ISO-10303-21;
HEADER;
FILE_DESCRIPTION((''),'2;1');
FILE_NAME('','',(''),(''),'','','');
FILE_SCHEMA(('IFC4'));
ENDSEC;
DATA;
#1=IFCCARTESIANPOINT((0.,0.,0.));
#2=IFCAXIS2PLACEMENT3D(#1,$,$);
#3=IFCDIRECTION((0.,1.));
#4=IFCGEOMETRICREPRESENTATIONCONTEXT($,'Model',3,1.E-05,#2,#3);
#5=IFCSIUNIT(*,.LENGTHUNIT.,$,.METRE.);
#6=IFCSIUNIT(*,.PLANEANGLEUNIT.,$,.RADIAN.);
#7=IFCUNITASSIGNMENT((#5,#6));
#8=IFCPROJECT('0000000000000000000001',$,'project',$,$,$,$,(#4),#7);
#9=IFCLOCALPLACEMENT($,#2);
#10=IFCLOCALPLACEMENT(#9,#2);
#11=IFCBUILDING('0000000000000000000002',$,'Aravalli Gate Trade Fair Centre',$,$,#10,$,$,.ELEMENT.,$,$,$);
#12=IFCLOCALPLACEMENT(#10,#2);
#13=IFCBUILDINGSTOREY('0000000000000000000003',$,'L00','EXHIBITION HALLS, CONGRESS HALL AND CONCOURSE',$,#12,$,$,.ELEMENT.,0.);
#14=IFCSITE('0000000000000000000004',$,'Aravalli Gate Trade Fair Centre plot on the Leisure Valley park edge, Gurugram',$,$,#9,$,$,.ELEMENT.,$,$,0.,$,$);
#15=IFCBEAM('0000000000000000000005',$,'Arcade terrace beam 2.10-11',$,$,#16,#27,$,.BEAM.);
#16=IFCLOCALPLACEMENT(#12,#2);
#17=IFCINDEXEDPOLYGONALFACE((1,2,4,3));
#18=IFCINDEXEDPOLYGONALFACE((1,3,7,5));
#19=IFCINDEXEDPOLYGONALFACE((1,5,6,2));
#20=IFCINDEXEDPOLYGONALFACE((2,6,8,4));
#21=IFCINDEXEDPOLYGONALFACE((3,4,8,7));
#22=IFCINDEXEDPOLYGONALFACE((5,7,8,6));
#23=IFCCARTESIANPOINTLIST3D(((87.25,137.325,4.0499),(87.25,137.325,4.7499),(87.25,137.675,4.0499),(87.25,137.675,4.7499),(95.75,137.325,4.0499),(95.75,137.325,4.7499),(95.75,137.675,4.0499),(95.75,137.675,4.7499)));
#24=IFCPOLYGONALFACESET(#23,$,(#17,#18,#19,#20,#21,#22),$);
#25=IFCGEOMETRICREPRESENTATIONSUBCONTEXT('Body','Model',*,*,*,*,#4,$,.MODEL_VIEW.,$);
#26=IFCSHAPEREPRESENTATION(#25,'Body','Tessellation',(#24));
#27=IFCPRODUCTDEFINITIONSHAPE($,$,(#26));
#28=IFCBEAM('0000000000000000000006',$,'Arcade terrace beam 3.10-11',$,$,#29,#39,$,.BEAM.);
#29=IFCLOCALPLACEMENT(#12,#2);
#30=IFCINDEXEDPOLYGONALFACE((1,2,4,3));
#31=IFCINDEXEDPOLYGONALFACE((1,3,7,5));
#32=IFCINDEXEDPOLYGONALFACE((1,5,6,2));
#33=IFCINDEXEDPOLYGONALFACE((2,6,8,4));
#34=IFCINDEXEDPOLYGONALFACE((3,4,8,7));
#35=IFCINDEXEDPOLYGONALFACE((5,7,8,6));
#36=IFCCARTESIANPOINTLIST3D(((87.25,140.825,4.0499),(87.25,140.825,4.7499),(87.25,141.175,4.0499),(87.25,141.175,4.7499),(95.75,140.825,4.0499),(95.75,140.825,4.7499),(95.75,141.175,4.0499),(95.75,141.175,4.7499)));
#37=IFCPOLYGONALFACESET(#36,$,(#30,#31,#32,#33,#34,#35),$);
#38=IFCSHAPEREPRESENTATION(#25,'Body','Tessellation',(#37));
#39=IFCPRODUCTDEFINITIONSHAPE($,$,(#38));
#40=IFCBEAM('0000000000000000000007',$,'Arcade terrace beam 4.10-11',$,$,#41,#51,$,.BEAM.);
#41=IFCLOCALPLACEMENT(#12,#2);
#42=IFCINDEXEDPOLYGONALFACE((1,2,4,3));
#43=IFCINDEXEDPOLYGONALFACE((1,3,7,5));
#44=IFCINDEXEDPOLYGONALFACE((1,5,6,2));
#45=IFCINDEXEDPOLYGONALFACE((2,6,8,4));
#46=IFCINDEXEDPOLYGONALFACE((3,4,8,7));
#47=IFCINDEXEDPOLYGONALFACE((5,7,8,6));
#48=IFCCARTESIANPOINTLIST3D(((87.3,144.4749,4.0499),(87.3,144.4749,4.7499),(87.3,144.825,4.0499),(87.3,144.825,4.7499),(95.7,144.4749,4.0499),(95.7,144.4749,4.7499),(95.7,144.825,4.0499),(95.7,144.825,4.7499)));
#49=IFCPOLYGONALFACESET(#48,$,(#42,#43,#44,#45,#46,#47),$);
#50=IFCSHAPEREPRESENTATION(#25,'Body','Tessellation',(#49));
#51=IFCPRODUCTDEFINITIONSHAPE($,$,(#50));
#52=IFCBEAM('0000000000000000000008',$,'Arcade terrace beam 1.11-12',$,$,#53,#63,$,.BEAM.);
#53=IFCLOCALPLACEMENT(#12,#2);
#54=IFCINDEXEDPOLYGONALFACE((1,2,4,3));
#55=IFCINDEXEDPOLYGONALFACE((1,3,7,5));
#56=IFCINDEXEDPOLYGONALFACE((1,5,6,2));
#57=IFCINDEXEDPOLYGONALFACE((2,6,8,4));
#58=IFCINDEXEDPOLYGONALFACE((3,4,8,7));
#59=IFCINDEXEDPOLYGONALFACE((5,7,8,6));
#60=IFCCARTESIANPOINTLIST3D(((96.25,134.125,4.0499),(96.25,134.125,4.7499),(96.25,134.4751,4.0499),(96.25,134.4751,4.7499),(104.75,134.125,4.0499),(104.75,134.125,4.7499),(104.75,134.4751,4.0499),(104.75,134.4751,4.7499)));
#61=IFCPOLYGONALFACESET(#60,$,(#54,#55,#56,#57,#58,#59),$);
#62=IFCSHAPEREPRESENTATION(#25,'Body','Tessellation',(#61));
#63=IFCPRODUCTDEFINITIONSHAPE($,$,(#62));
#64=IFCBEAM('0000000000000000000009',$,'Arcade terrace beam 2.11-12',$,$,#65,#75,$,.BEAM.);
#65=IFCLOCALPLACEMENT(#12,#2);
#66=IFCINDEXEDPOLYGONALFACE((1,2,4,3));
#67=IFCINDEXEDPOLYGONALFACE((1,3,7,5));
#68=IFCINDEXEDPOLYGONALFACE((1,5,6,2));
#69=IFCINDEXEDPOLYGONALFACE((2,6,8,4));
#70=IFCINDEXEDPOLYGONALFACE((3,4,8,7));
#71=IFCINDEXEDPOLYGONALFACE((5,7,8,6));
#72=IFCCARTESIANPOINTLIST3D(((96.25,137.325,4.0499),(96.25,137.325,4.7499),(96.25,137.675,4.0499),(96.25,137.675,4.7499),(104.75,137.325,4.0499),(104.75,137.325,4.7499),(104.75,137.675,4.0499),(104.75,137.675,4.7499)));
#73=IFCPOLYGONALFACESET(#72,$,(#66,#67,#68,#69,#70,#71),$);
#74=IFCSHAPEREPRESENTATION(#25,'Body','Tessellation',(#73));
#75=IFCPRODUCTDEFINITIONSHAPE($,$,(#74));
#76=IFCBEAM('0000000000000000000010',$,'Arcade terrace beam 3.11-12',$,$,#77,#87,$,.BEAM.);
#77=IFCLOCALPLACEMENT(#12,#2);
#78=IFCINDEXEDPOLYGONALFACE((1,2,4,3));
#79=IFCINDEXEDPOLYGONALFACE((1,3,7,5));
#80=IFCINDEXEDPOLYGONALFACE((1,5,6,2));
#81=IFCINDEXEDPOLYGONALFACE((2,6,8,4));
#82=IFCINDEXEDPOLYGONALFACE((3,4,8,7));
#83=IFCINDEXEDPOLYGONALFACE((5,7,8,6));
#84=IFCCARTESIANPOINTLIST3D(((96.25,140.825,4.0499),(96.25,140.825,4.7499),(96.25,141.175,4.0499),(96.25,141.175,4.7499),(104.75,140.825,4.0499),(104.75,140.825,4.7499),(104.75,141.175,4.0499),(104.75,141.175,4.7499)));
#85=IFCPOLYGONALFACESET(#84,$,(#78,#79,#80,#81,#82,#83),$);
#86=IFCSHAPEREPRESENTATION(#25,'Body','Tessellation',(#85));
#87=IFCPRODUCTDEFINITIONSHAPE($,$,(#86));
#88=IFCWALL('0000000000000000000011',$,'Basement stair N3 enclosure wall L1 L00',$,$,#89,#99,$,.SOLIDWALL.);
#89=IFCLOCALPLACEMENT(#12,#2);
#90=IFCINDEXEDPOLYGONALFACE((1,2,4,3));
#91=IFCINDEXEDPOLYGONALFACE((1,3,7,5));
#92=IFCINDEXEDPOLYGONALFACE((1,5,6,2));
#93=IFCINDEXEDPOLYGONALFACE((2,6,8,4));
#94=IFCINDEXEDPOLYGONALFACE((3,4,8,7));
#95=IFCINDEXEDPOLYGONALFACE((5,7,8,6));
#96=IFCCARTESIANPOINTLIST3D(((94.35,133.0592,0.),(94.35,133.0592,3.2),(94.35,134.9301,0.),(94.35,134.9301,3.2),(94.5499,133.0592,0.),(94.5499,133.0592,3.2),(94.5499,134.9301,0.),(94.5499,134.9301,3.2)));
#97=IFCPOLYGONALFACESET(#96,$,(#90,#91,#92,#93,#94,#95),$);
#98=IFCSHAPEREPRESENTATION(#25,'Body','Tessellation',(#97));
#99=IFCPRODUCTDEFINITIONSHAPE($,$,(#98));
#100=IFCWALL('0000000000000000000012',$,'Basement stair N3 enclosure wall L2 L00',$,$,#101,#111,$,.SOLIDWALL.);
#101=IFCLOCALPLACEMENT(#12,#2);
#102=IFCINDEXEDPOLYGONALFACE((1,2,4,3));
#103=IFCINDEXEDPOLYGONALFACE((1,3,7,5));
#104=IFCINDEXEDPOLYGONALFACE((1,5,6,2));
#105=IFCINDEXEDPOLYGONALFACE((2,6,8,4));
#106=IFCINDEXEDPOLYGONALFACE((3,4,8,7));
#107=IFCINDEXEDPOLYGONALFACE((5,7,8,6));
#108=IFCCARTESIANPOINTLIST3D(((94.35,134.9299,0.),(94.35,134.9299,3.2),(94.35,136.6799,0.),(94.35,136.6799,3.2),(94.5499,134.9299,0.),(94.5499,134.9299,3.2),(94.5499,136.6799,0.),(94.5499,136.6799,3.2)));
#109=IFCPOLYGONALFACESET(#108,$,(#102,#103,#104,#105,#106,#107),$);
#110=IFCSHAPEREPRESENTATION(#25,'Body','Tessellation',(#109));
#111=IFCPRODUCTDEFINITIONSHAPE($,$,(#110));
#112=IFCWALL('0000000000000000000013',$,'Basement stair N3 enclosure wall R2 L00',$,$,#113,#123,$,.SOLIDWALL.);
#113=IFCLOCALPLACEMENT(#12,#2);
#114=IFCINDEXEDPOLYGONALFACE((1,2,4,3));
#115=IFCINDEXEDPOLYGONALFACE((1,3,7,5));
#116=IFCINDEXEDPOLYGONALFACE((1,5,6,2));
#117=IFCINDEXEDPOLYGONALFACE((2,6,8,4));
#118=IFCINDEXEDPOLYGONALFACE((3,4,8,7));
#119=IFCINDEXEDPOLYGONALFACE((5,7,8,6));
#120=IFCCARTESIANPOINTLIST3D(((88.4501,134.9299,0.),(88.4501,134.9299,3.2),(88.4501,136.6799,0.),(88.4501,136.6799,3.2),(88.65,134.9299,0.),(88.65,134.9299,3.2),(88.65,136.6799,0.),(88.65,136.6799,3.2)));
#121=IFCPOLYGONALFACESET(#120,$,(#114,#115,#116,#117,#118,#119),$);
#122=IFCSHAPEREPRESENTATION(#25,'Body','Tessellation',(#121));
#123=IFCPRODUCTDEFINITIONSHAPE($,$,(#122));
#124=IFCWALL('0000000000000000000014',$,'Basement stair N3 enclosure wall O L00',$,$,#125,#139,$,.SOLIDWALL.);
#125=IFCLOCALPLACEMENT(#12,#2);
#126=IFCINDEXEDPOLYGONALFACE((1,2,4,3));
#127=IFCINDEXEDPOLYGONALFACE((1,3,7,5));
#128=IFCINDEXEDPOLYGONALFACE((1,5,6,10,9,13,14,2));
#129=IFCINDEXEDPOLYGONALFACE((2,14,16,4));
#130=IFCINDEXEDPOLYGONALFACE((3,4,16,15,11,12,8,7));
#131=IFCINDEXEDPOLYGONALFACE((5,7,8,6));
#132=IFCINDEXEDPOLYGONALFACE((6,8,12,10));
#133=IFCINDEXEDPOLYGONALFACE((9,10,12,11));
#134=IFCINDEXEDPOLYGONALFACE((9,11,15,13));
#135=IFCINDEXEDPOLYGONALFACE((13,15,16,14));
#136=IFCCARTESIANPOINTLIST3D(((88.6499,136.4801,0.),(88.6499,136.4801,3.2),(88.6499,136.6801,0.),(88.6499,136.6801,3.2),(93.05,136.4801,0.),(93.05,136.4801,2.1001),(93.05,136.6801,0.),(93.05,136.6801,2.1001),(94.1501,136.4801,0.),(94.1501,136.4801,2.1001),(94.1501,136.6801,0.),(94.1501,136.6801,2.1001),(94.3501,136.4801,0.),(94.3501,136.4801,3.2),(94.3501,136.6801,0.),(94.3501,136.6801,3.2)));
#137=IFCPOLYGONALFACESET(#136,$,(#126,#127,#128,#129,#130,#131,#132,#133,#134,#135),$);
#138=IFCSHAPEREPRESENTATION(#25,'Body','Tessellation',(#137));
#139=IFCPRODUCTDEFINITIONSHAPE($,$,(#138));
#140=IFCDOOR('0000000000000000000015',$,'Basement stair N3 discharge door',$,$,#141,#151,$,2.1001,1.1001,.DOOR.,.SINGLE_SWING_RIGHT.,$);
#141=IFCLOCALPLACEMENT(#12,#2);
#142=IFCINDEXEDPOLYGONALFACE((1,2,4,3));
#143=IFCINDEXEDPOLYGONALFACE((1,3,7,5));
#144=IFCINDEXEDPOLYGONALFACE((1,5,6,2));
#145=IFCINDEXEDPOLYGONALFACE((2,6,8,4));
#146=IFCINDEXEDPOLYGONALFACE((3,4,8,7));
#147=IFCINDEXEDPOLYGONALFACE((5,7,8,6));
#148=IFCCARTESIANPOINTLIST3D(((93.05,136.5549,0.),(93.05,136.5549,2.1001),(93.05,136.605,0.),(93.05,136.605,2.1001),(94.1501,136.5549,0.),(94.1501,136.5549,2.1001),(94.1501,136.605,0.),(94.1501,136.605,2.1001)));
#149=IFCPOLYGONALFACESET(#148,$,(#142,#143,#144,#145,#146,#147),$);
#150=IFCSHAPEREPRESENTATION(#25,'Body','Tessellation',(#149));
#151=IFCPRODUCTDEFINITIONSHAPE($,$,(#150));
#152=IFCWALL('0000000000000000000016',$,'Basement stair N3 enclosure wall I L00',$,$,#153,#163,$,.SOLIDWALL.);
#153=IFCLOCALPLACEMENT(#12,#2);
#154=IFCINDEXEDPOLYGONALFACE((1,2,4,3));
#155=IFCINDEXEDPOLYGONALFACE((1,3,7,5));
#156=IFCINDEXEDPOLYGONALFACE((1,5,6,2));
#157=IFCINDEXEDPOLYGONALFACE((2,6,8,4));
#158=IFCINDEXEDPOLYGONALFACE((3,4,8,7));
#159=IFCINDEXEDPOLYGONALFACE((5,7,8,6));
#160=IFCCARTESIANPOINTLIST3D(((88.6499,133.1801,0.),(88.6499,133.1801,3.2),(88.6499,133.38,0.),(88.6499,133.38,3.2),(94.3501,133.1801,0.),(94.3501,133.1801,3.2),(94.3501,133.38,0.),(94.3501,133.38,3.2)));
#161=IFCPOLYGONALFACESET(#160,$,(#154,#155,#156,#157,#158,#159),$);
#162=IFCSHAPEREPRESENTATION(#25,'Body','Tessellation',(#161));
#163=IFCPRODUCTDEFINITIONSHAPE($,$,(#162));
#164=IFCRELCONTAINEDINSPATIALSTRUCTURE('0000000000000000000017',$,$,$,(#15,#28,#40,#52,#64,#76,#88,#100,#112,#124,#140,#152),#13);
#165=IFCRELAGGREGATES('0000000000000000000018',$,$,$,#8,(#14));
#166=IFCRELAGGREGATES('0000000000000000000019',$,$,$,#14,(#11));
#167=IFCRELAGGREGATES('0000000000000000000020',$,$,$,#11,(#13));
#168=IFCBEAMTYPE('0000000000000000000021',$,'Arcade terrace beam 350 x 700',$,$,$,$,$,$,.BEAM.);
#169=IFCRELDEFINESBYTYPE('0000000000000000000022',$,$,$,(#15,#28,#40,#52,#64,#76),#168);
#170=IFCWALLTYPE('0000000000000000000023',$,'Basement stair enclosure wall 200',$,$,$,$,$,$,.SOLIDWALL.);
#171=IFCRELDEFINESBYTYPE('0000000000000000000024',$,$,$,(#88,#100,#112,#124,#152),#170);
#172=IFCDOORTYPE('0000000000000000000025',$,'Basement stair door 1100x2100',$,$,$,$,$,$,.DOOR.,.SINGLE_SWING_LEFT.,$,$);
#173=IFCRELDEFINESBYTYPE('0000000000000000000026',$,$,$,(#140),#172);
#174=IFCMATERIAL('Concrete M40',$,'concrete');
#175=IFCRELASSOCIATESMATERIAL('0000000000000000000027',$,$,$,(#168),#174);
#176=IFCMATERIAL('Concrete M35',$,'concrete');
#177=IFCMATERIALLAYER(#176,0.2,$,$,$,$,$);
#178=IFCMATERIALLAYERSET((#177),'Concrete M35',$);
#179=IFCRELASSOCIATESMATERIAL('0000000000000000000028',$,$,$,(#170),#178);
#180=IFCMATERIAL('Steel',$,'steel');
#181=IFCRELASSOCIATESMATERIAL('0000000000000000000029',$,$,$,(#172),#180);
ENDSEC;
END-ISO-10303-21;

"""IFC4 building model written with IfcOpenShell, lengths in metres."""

from ifc_helpers import new_model, si_unit, direction, frame, frame_2d, origin, origin_2d, place, context, subcontext, project, spatial, rectangle, extrude, material, layer, layer_set, material_profile, profile_set, type_object, element, fill, save


model = new_model("IFC4")

# Units and contexts
model_context = context("Model", 3, precision=1e-05, world=origin(), true_north=direction((0.0, 1.0)))
body_context = subcontext(model_context, "Body", "Model", "MODEL_VIEW")
ifc_project = project(units=[si_unit("LENGTHUNIT", "METRE"), si_unit("PLANEANGLEUNIT", "RADIAN")], contexts=[model_context])

# Site, building, storey
site_placement = place(None, origin())
site = spatial("IfcSite", under=ifc_project, at=site_placement, Name="Aravalli Gate Trade Fair Centre plot on the Leisure Valley park edge, Gurugram", CompositionType="ELEMENT", RefElevation=0.0)
building_placement = place(site_placement, origin())
building = spatial("IfcBuilding", under=site, at=building_placement, Name="Aravalli Gate Trade Fair Centre", CompositionType="ELEMENT")
storey_placement = place(building_placement, origin())
storey = spatial("IfcBuildingStorey", under=building, at=storey_placement, Name="L00", Description="EXHIBITION HALLS, CONGRESS HALL AND CONCOURSE", CompositionType="ELEMENT", Elevation=0.0)

# Beams
ifc_material_1 = material(Name="Concrete M40", Category="concrete")
ifc_material_profile_1 = material_profile(ifc_material_1, rectangle(XDim=0.3501, YDim=0.7, at=origin_2d()), Name="Arcade terrace beam 350 x 700")
ifc_profile_set_1 = profile_set([ifc_material_profile_1], Name="Concrete M40")
beam_type_1 = type_object("IfcBeamType", Name="Arcade terrace beam 350 x 700", PredefinedType="BEAM", material=ifc_profile_set_1)
for number, where, z_axis, x_axis, name in (
    (1, (87.25, 137.5, 4.3999), (1.0, 0.0, 0.0), (0.0, 1.0, 0.0), "Arcade terrace beam 2.10-11"),
    (2, (87.25, 141.0, 4.3999), (1.0, 0.0, 0.0), (0.0, 1.0, 0.0), "Arcade terrace beam 3.10-11"),
):
    element("IfcBeam", number, at=place(storey_placement, frame(where, z_axis=z_axis, x_axis=x_axis)), inside=storey, type_object=beam_type_1, Name=name, PredefinedType="BEAM", context=body_context, shape_type="SweptSolid", body=[
        extrude(rectangle(XDim=0.3501, YDim=0.7, at=origin_2d()), origin(), (0.0, 0.0, 1.0), 8.5),
    ])
beam_placement = place(storey_placement, frame((87.3, 144.6499, 4.3999), z_axis=(1.0, 0.0, 0.0), x_axis=(0.0, 1.0, 0.0)))
element("IfcBeam", 3, at=beam_placement, inside=storey, type_object=beam_type_1, Name="Arcade terrace beam 4.10-11", PredefinedType="BEAM", context=body_context, shape_type="SweptSolid", body=[
    extrude(rectangle(XDim=0.3501, YDim=0.7, at=origin_2d()), origin(), (0.0, 0.0, 1.0), 8.3999),
])
for number, where, z_axis, x_axis, name in (
    (4, (96.25, 134.3, 4.3999), (1.0, 0.0, 0.0), (0.0, 1.0, 0.0), "Arcade terrace beam 1.11-12"),
    (5, (96.25, 137.5, 4.3999), (1.0, 0.0, 0.0), (0.0, 1.0, 0.0), "Arcade terrace beam 2.11-12"),
    (6, (96.25, 141.0, 4.3999), (1.0, 0.0, 0.0), (0.0, 1.0, 0.0), "Arcade terrace beam 3.11-12"),
):
    element("IfcBeam", number, at=place(storey_placement, frame(where, z_axis=z_axis, x_axis=x_axis)), inside=storey, type_object=beam_type_1, Name=name, PredefinedType="BEAM", context=body_context, shape_type="SweptSolid", body=[
        extrude(rectangle(XDim=0.3501, YDim=0.7, at=origin_2d()), origin(), (0.0, 0.0, 1.0), 8.5),
    ])

# Walls
ifc_material_2 = material(Name="Concrete M35", Category="concrete")
ifc_layer = layer(ifc_material_2, 0.2)
ifc_layer_set = layer_set([ifc_layer], Name="Concrete M35")
wall_type = type_object("IfcWallType", Name="Basement stair enclosure wall 200", PredefinedType="SOLIDWALL", material=ifc_layer_set)
wall_1_placement = place(storey_placement, frame((94.45, 133.0591, 0.0), z_axis=(0.0, 0.0, 1.0), x_axis=(0.0, 1.0, 0.0)))
element("IfcWall", 7, at=wall_1_placement, inside=storey, type_object=wall_type, Name="Basement stair N3 enclosure wall L1 L00", PredefinedType="SOLIDWALL", context=body_context, shape_type="SweptSolid", body=[
    extrude(rectangle(XDim=1.8708, YDim=0.2, at=frame_2d((0.9355, 0.0))), origin(), (0.0, 0.0, 1.0), 3.2),
])
for number, where, z_axis, x_axis, name in (
    (8, (94.45, 134.9299, 0.0), (0.0, 0.0, 1.0), (0.0, 1.0, 0.0), "Basement stair N3 enclosure wall L2 L00"),
    (9, (88.55, 134.9299, 0.0), (0.0, 0.0, 1.0), (0.0, 1.0, 0.0), "Basement stair N3 enclosure wall R2 L00"),
):
    element("IfcWall", number, at=place(storey_placement, frame(where, z_axis=z_axis, x_axis=x_axis)), inside=storey, type_object=wall_type, Name=name, PredefinedType="SOLIDWALL", context=body_context, shape_type="SweptSolid", body=[
        extrude(rectangle(XDim=1.75, YDim=0.2, at=frame_2d((0.875, 0.0))), origin(), (0.0, 0.0, 1.0), 3.2),
    ])

# Wall, opening, door
wall_2_placement = place(storey_placement, frame((94.3501, 136.5801, 0.0), z_axis=(0.0, 0.0, 1.0), x_axis=(-1.0, 0.0, 0.0)))
wall_2 = element("IfcWall", 10, at=wall_2_placement, inside=storey, type_object=wall_type, Name="Basement stair N3 enclosure wall O L00", PredefinedType="SOLIDWALL", context=body_context, shape_type="SweptSolid", body=[
    extrude(rectangle(XDim=5.7002, YDim=0.2, at=frame_2d((2.8501, 0.0))), origin(), (0.0, 0.0, 1.0), 3.2),
])
opening_placement = place(wall_2_placement, frame((0.2, 0.0, 0.0)))
opening = element("IfcOpeningElement", 11, at=opening_placement, cuts=wall_2, PredefinedType="OPENING", context=body_context, shape_type="SweptSolid", body=[
    extrude(rectangle(XDim=1.1001, YDim=2.1001, at=frame_2d((0.55, 1.05))), frame((0.0, 0.1099, 0.0), z_axis=(0.0, -1.0, 0.0), x_axis=(1.0, 0.0, 0.0)), (0.0, 0.0, 1.0), 0.22),
])
ifc_material_3 = material(Name="Steel", Category="steel")
door_type = type_object("IfcDoorType", Name="Basement stair door 1100x2100", OperationType="SINGLE_SWING_LEFT", PredefinedType="DOOR", material=ifc_material_3)
door_placement = place(opening_placement, frame((1.1001, 0.0, 0.0), z_axis=(0.0, 0.0, 1.0), x_axis=(-1.0, 0.0, 0.0)))
door = element("IfcDoor", 12, at=door_placement, inside=storey, type_object=door_type, Name="Basement stair N3 discharge door", OperationType="SINGLE_SWING_RIGHT", OverallHeight=2.1001, OverallWidth=1.1001, PredefinedType="DOOR", context=body_context, shape_type="SweptSolid", body=[
    extrude(rectangle(XDim=1.1001, YDim=2.1001, at=frame_2d((0.55, 1.05))), frame((0.0, 0.0249, 0.0), z_axis=(0.0, -1.0, 0.0), x_axis=(1.0, 0.0, 0.0)), (0.0, 0.0, 1.0), 0.05),
])
fill(opening, door)

# Wall
wall_3_placement = place(storey_placement, frame((94.3501, 133.28, 0.0), z_axis=(0.0, 0.0, 1.0), x_axis=(-1.0, 0.0, 0.0)))
element("IfcWall", 13, at=wall_3_placement, inside=storey, type_object=wall_type, Name="Basement stair N3 enclosure wall I L00", PredefinedType="SOLIDWALL", context=body_context, shape_type="SweptSolid", body=[
    extrude(rectangle(XDim=5.7002, YDim=0.2, at=frame_2d((2.8501, 0.0))), origin(), (0.0, 0.0, 1.0), 3.2),
])

save(model, "model.ifc")
